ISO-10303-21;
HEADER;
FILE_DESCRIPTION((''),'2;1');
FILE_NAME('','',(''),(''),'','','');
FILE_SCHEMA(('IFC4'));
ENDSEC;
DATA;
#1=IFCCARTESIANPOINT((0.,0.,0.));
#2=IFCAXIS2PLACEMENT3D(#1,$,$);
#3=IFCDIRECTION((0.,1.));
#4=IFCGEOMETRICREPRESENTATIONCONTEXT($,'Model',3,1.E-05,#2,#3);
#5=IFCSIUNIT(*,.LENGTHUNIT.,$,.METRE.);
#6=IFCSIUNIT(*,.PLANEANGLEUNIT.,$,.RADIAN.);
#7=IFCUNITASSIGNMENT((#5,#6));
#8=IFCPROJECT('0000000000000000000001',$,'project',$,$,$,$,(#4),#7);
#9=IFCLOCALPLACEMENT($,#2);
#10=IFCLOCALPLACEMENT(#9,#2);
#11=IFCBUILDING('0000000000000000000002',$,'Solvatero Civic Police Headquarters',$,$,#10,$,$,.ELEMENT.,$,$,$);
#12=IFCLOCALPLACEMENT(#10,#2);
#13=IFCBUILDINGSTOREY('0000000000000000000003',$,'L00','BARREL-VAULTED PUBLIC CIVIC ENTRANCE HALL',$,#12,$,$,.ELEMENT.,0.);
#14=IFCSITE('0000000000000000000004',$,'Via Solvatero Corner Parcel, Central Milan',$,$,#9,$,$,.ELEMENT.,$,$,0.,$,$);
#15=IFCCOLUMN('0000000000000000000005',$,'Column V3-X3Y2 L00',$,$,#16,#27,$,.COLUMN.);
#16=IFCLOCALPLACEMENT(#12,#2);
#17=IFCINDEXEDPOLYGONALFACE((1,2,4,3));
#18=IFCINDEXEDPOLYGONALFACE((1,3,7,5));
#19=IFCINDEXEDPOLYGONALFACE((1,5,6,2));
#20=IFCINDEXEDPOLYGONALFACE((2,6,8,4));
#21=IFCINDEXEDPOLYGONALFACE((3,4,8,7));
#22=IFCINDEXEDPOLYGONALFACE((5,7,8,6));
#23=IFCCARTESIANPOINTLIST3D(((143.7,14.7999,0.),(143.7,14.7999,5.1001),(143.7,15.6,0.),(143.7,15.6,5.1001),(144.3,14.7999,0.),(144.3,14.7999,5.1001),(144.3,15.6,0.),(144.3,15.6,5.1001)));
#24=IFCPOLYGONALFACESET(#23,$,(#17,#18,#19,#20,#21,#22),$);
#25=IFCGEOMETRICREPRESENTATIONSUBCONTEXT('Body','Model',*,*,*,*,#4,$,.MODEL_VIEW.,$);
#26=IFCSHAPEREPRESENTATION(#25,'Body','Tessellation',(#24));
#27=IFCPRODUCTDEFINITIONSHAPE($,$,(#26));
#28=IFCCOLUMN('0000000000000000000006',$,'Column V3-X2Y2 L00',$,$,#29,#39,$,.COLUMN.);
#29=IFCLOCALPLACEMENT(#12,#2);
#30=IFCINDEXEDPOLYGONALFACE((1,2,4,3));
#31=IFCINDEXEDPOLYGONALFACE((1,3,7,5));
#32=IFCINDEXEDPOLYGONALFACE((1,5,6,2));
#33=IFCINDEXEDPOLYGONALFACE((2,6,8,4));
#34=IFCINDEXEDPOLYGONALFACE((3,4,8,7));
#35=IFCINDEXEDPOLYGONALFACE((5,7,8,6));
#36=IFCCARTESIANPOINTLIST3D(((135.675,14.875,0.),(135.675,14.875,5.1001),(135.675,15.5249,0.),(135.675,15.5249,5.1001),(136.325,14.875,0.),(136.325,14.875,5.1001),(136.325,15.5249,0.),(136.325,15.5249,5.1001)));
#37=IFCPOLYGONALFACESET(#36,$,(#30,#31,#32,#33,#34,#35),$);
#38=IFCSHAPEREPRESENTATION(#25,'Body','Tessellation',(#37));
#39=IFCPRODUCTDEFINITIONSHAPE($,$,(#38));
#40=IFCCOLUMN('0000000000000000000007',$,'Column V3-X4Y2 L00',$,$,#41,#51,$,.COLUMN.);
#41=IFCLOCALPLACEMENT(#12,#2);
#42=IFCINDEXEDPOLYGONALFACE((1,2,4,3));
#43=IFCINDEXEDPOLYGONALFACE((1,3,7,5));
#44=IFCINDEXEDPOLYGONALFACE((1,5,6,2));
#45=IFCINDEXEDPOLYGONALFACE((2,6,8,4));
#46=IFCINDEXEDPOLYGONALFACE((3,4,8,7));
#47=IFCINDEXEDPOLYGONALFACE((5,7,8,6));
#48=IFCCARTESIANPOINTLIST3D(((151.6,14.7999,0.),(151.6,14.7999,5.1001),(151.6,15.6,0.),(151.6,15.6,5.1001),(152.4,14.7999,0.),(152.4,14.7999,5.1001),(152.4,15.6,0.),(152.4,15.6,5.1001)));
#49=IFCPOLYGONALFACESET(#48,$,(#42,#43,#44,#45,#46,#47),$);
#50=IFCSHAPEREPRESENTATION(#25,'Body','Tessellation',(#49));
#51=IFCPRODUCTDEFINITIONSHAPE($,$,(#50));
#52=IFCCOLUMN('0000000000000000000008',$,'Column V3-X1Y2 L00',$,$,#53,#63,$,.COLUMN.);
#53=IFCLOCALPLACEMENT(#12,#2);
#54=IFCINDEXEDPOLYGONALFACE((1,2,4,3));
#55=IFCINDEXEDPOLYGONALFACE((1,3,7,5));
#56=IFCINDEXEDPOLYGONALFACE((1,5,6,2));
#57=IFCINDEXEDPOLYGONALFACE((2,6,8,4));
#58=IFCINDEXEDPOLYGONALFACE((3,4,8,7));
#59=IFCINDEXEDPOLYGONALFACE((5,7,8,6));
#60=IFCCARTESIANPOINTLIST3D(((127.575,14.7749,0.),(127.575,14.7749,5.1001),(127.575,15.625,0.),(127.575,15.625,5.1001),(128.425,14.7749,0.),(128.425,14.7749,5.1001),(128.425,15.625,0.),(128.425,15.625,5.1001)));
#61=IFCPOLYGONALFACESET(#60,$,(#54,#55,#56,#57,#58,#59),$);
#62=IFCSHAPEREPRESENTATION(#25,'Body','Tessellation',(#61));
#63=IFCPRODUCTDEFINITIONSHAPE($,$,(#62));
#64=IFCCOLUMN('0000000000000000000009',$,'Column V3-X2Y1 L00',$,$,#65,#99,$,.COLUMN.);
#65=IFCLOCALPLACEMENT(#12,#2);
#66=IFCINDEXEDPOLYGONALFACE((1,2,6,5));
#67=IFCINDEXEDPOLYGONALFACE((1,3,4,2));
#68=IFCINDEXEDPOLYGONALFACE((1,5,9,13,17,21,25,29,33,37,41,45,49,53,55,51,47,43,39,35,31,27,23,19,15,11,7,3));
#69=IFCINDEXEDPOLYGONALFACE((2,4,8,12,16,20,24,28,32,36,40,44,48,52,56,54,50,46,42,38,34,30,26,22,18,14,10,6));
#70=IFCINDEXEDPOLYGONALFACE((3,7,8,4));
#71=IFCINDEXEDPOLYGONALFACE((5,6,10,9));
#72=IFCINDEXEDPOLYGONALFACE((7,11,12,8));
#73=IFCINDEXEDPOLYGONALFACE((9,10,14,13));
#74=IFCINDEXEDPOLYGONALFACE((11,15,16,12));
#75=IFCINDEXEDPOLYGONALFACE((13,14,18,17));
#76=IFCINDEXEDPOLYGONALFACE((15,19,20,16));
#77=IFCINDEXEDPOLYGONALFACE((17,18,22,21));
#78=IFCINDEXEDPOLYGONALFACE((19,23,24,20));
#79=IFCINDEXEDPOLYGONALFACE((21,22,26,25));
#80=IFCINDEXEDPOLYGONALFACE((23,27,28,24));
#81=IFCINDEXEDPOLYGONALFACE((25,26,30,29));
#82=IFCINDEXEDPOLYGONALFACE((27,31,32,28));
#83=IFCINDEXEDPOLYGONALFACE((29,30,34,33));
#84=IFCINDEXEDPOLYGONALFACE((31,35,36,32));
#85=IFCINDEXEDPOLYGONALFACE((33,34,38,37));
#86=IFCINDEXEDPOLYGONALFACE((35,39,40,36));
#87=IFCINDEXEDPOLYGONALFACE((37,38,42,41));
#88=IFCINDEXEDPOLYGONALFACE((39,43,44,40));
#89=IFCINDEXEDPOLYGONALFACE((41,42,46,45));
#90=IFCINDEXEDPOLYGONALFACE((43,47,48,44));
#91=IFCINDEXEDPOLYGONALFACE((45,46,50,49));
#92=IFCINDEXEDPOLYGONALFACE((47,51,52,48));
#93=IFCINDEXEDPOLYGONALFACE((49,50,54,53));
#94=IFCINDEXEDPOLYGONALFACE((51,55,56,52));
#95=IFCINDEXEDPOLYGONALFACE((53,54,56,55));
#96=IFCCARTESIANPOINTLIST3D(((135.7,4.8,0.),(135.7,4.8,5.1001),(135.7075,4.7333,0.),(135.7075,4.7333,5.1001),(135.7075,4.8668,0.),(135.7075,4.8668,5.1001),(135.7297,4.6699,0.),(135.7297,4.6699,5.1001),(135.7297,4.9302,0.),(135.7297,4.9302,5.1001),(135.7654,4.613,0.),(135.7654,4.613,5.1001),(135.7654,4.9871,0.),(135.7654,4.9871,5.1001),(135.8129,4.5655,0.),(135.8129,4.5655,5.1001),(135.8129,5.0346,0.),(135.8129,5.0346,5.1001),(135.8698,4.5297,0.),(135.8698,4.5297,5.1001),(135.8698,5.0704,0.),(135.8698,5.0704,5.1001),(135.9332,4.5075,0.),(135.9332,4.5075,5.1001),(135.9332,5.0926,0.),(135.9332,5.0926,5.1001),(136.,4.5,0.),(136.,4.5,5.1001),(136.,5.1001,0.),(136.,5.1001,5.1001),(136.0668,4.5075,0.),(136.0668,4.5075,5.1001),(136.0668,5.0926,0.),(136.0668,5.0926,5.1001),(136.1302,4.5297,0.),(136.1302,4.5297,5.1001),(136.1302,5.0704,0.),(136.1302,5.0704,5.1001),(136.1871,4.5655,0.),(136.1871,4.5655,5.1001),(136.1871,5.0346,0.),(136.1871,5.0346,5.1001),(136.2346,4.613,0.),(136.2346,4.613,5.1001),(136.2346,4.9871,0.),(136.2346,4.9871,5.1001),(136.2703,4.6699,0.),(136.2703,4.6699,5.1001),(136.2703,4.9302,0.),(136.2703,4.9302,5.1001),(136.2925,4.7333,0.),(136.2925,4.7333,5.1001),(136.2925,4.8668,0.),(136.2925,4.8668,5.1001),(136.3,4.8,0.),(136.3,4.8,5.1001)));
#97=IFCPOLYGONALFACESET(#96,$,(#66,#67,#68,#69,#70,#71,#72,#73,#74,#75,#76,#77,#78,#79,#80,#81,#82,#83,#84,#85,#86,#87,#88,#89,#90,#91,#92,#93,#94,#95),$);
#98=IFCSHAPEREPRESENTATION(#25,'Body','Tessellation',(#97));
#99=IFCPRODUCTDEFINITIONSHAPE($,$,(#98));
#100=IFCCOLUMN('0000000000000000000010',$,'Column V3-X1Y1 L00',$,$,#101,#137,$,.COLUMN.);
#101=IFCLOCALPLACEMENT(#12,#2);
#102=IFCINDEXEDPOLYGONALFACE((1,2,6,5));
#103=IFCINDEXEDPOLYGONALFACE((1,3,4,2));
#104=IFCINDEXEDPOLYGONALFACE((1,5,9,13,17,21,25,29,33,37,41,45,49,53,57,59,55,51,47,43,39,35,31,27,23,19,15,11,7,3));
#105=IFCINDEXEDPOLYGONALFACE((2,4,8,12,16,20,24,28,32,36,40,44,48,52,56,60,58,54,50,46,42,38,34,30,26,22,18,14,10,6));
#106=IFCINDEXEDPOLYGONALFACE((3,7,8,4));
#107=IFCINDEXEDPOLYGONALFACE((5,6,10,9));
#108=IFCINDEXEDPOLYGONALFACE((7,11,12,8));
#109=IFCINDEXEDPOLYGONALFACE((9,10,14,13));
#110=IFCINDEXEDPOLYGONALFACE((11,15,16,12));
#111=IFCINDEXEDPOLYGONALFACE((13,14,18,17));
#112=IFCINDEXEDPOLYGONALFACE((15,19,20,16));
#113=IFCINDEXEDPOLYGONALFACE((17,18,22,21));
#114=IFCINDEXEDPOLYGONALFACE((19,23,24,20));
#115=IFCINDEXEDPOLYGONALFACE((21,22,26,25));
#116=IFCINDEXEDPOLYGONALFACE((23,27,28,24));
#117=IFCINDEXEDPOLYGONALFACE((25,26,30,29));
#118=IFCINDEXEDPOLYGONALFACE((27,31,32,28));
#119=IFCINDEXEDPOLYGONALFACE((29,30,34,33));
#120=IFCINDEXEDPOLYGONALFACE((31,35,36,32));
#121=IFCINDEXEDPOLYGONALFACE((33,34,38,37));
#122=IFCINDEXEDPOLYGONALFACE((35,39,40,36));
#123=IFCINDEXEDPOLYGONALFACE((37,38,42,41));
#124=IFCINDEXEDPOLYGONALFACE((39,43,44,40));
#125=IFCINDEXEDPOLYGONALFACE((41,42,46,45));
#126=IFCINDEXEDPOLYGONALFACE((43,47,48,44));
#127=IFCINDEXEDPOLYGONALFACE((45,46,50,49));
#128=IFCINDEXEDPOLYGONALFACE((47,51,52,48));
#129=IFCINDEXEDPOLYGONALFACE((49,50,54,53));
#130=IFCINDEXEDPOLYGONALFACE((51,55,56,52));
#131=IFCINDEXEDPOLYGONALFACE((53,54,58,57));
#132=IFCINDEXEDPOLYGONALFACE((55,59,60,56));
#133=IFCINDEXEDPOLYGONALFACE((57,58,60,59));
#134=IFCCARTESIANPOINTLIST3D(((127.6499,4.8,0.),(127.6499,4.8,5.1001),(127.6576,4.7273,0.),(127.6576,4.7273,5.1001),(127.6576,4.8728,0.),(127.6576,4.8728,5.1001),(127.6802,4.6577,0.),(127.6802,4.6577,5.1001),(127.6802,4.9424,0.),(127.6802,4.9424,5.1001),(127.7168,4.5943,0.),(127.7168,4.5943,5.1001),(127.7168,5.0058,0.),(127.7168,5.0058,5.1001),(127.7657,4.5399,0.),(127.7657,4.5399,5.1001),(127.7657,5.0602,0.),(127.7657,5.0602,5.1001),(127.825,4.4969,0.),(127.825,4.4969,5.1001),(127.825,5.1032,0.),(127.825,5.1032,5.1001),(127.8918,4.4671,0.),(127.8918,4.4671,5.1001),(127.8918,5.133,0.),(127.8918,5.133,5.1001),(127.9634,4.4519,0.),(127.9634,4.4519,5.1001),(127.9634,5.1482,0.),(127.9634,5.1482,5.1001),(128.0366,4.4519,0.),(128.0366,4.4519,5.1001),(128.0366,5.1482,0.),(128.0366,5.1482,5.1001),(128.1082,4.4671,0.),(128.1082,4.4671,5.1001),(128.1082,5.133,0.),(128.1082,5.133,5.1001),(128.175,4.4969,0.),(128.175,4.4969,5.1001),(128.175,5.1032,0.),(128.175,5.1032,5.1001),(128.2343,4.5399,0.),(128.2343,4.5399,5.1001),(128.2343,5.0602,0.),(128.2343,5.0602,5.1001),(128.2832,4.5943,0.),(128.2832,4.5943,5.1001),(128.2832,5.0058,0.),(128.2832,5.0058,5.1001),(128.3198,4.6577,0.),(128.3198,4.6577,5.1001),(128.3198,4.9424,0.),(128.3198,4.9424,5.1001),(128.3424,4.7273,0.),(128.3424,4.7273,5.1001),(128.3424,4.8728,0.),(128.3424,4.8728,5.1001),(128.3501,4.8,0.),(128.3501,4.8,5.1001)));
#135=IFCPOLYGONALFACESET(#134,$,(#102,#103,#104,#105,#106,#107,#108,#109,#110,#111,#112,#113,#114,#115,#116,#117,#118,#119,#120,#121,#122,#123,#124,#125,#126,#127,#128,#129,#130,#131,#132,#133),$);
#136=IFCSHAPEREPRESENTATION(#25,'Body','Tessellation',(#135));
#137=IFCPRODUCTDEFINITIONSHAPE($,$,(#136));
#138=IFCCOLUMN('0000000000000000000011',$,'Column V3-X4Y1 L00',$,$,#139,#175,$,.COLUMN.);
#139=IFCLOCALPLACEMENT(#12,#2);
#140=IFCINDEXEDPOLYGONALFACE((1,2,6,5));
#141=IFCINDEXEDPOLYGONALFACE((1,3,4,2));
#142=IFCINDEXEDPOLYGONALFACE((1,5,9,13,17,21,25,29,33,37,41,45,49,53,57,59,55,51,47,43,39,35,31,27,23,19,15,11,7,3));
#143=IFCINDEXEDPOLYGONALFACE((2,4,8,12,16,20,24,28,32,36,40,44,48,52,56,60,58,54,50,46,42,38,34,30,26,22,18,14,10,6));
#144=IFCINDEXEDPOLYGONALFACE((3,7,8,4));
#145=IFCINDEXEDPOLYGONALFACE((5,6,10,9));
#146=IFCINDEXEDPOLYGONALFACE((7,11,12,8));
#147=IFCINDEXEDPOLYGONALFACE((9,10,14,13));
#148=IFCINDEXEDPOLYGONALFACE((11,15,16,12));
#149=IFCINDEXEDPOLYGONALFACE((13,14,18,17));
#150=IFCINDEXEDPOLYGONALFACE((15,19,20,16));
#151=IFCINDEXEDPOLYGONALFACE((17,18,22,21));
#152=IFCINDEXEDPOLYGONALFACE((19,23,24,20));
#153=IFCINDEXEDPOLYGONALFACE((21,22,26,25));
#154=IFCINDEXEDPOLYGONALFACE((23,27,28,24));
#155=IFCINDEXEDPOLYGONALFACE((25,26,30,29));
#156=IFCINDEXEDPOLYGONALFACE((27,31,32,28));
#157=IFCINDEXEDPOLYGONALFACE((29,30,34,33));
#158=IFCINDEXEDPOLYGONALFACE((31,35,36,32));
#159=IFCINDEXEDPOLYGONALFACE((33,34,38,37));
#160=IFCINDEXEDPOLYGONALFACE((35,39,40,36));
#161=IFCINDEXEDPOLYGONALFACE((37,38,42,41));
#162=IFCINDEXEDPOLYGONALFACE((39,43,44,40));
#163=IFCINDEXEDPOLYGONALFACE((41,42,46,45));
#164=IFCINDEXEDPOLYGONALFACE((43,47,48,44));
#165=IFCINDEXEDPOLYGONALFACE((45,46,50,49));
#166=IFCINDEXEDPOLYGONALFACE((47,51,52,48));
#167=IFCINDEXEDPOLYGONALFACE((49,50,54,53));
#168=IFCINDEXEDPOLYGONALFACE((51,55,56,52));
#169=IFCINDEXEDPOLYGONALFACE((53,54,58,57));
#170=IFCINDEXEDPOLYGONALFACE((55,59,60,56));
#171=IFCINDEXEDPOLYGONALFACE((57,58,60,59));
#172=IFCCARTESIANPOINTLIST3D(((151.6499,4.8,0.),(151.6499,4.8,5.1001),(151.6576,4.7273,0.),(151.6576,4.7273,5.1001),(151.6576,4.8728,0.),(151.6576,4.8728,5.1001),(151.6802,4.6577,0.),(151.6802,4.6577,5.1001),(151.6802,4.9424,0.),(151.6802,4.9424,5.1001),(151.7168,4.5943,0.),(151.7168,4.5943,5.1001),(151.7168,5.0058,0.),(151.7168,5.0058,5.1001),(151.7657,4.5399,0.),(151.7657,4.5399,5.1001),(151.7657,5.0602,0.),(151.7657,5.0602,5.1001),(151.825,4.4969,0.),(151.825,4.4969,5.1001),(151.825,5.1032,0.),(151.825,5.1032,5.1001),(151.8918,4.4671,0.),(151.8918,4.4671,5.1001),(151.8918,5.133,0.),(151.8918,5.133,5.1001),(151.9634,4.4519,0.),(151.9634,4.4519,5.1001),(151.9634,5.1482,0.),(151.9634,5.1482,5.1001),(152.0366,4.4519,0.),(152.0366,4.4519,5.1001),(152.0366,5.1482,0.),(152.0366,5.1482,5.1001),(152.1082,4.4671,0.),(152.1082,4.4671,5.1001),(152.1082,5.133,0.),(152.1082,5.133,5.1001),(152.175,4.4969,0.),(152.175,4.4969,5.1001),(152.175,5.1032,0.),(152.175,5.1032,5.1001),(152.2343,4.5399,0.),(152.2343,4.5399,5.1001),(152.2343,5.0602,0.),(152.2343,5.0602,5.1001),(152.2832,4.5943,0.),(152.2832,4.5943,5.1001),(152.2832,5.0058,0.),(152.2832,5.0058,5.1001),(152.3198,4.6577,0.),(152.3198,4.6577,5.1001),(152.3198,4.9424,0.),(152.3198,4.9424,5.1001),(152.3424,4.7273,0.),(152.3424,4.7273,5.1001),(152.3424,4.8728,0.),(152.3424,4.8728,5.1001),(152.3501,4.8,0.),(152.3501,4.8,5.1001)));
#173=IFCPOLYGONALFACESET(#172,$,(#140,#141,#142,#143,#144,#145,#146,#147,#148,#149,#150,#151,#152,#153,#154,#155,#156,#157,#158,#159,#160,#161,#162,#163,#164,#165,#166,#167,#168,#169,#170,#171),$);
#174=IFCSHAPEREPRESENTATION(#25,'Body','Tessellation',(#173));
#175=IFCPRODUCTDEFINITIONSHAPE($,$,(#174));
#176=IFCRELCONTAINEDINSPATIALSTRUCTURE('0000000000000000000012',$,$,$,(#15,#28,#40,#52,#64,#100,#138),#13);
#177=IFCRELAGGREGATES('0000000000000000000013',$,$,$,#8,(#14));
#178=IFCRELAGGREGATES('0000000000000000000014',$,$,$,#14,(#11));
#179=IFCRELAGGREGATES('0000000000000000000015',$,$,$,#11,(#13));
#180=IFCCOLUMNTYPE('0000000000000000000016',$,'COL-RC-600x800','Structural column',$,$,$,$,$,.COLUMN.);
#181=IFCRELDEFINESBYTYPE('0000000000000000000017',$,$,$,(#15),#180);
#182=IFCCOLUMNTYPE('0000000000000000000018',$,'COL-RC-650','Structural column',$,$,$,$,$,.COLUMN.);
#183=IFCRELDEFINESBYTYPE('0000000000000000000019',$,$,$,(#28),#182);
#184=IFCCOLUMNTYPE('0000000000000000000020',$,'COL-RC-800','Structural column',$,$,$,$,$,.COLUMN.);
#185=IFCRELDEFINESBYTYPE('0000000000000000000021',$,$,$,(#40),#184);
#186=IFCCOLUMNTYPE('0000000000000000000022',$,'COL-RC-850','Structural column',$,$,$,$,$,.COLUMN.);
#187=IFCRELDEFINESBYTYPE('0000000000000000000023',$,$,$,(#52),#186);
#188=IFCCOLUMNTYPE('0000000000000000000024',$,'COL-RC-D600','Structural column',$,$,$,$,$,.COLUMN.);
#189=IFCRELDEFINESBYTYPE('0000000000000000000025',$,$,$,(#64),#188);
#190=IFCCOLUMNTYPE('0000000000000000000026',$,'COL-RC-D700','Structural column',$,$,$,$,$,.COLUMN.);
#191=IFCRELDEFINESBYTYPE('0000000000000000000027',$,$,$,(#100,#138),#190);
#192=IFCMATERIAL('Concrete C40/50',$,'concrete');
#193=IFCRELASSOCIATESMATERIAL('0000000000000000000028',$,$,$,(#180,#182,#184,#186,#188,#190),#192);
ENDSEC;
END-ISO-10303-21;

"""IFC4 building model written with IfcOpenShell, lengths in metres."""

from ifc_helpers import new_model, si_unit, direction, frame, origin, origin_2d, place, context, subcontext, project, spatial, rectangle, circle, extrude, material, material_profile, profile_set, type_object, element, save


model = new_model("IFC4")

# Units and contexts
model_context = context("Model", 3, precision=1e-05, world=origin(), true_north=direction((0.0, 1.0)))
body_context = subcontext(model_context, "Body", "Model", "MODEL_VIEW")
ifc_project = project(units=[si_unit("LENGTHUNIT", "METRE"), si_unit("PLANEANGLEUNIT", "RADIAN")], contexts=[model_context])

# Site, building, storey
site_placement = place(None, origin())
site = spatial("IfcSite", under=ifc_project, at=site_placement, Name="Via Solvatero Corner Parcel, Central Milan", CompositionType="ELEMENT", RefElevation=0.0)
building_placement = place(site_placement, origin())
building = spatial("IfcBuilding", under=site, at=building_placement, Name="Solvatero Civic Police Headquarters", CompositionType="ELEMENT")
storey_placement = place(building_placement, origin())
storey = spatial("IfcBuildingStorey", under=building, at=storey_placement, Name="L00", Description="BARREL-VAULTED PUBLIC CIVIC ENTRANCE HALL", CompositionType="ELEMENT", Elevation=0.0)

# Columns
ifc_material_1 = material(Name="Concrete C40/50", Category="concrete")
ifc_material_profile_1 = material_profile(ifc_material_1, rectangle(XDim=0.6001, YDim=0.8, at=origin_2d()), Name="RC 600x800")
ifc_profile_set_1 = profile_set([ifc_material_profile_1], Name="Concrete C40/50")
column_type_1 = type_object("IfcColumnType", Name="COL-RC-600x800", Description="Structural column", PredefinedType="COLUMN", material=ifc_profile_set_1)
column_1_placement = place(storey_placement, frame((144.0, 15.2, 0.0), z_axis=(0.0, 0.0, 1.0), x_axis=(1.0, 0.0, 0.0)))
element("IfcColumn", 1, at=column_1_placement, inside=storey, type_object=column_type_1, Name="Column V3-X3Y2 L00", PredefinedType="COLUMN", context=body_context, shape_type="SweptSolid", body=[
    extrude(rectangle(XDim=0.6001, YDim=0.8, at=origin_2d()), origin(), (0.0, 0.0, 1.0), 5.1001),
])
ifc_material_profile_2 = material_profile(ifc_material_1, rectangle(XDim=0.6499, YDim=0.6499, at=origin_2d()), Name="RC 650x650")
ifc_profile_set_2 = profile_set([ifc_material_profile_2], Name="Concrete C40/50")
column_type_2 = type_object("IfcColumnType", Name="COL-RC-650", Description="Structural column", PredefinedType="COLUMN", material=ifc_profile_set_2)
column_2_placement = place(storey_placement, frame((136.0, 15.2, 0.0), z_axis=(0.0, 0.0, 1.0), x_axis=(1.0, 0.0, 0.0)))
element("IfcColumn", 2, at=column_2_placement, inside=storey, type_object=column_type_2, Name="Column V3-X2Y2 L00", PredefinedType="COLUMN", context=body_context, shape_type="SweptSolid", body=[
    extrude(rectangle(XDim=0.6499, YDim=0.6499, at=origin_2d()), origin(), (0.0, 0.0, 1.0), 5.1001),
])
ifc_material_profile_3 = material_profile(ifc_material_1, rectangle(XDim=0.8, YDim=0.8, at=origin_2d()), Name="RC 800x800")
ifc_profile_set_3 = profile_set([ifc_material_profile_3], Name="Concrete C40/50")
column_type_3 = type_object("IfcColumnType", Name="COL-RC-800", Description="Structural column", PredefinedType="COLUMN", material=ifc_profile_set_3)
column_3_placement = place(storey_placement, frame((152.0, 15.2, 0.0), z_axis=(0.0, 0.0, 1.0), x_axis=(1.0, 0.0, 0.0)))
element("IfcColumn", 3, at=column_3_placement, inside=storey, type_object=column_type_3, Name="Column V3-X4Y2 L00", PredefinedType="COLUMN", context=body_context, shape_type="SweptSolid", body=[
    extrude(rectangle(XDim=0.8, YDim=0.8, at=origin_2d()), origin(), (0.0, 0.0, 1.0), 5.1001),
])
ifc_material_profile_4 = material_profile(ifc_material_1, rectangle(XDim=0.8501, YDim=0.8501, at=origin_2d()), Name="RC 850x850")
ifc_profile_set_4 = profile_set([ifc_material_profile_4], Name="Concrete C40/50")
column_type_4 = type_object("IfcColumnType", Name="COL-RC-850", Description="Structural column", PredefinedType="COLUMN", material=ifc_profile_set_4)
column_4_placement = place(storey_placement, frame((128.0, 15.2, 0.0), z_axis=(0.0, 0.0, 1.0), x_axis=(1.0, 0.0, 0.0)))
element("IfcColumn", 4, at=column_4_placement, inside=storey, type_object=column_type_4, Name="Column V3-X1Y2 L00", PredefinedType="COLUMN", context=body_context, shape_type="SweptSolid", body=[
    extrude(rectangle(XDim=0.8501, YDim=0.8501, at=origin_2d()), origin(), (0.0, 0.0, 1.0), 5.1001),
])
ifc_material_profile_5 = material_profile(ifc_material_1, circle(Radius=0.3, at=origin_2d()), Name="RC COL D600")
ifc_profile_set_5 = profile_set([ifc_material_profile_5], Name="Concrete C40/50")
column_type_5 = type_object("IfcColumnType", Name="COL-RC-D600", Description="Structural column", PredefinedType="COLUMN", material=ifc_profile_set_5)
column_5_placement = place(storey_placement, frame((136.0, 4.8, 0.0), z_axis=(0.0, 0.0, 1.0), x_axis=(1.0, 0.0, 0.0)))
element("IfcColumn", 5, at=column_5_placement, inside=storey, type_object=column_type_5, Name="Column V3-X2Y1 L00", PredefinedType="COLUMN", context=body_context, shape_type="SweptSolid", body=[
    extrude(circle(Radius=0.3, at=origin_2d()), origin(), (0.0, 0.0, 1.0), 5.1001),
])
ifc_material_profile_6 = material_profile(ifc_material_1, circle(Radius=0.3501, at=origin_2d()), Name="RC COL D700")
ifc_profile_set_6 = profile_set([ifc_material_profile_6], Name="Concrete C40/50")
column_type_6 = type_object("IfcColumnType", Name="COL-RC-D700", Description="Structural column", PredefinedType="COLUMN", material=ifc_profile_set_6)
for number, where, z_axis, x_axis, name in (
    (6, (128.0, 4.8, 0.0), (0.0, 0.0, 1.0), (1.0, 0.0, 0.0), "Column V3-X1Y1 L00"),
    (7, (152.0, 4.8, 0.0), (0.0, 0.0, 1.0), (1.0, 0.0, 0.0), "Column V3-X4Y1 L00"),
):
    element("IfcColumn", number, at=place(storey_placement, frame(where, z_axis=z_axis, x_axis=x_axis)), inside=storey, type_object=column_type_6, Name=name, PredefinedType="COLUMN", context=body_context, shape_type="SweptSolid", body=[
        extrude(circle(Radius=0.3501, at=origin_2d()), origin(), (0.0, 0.0, 1.0), 5.1001),
    ])

save(model, "model.ifc")
